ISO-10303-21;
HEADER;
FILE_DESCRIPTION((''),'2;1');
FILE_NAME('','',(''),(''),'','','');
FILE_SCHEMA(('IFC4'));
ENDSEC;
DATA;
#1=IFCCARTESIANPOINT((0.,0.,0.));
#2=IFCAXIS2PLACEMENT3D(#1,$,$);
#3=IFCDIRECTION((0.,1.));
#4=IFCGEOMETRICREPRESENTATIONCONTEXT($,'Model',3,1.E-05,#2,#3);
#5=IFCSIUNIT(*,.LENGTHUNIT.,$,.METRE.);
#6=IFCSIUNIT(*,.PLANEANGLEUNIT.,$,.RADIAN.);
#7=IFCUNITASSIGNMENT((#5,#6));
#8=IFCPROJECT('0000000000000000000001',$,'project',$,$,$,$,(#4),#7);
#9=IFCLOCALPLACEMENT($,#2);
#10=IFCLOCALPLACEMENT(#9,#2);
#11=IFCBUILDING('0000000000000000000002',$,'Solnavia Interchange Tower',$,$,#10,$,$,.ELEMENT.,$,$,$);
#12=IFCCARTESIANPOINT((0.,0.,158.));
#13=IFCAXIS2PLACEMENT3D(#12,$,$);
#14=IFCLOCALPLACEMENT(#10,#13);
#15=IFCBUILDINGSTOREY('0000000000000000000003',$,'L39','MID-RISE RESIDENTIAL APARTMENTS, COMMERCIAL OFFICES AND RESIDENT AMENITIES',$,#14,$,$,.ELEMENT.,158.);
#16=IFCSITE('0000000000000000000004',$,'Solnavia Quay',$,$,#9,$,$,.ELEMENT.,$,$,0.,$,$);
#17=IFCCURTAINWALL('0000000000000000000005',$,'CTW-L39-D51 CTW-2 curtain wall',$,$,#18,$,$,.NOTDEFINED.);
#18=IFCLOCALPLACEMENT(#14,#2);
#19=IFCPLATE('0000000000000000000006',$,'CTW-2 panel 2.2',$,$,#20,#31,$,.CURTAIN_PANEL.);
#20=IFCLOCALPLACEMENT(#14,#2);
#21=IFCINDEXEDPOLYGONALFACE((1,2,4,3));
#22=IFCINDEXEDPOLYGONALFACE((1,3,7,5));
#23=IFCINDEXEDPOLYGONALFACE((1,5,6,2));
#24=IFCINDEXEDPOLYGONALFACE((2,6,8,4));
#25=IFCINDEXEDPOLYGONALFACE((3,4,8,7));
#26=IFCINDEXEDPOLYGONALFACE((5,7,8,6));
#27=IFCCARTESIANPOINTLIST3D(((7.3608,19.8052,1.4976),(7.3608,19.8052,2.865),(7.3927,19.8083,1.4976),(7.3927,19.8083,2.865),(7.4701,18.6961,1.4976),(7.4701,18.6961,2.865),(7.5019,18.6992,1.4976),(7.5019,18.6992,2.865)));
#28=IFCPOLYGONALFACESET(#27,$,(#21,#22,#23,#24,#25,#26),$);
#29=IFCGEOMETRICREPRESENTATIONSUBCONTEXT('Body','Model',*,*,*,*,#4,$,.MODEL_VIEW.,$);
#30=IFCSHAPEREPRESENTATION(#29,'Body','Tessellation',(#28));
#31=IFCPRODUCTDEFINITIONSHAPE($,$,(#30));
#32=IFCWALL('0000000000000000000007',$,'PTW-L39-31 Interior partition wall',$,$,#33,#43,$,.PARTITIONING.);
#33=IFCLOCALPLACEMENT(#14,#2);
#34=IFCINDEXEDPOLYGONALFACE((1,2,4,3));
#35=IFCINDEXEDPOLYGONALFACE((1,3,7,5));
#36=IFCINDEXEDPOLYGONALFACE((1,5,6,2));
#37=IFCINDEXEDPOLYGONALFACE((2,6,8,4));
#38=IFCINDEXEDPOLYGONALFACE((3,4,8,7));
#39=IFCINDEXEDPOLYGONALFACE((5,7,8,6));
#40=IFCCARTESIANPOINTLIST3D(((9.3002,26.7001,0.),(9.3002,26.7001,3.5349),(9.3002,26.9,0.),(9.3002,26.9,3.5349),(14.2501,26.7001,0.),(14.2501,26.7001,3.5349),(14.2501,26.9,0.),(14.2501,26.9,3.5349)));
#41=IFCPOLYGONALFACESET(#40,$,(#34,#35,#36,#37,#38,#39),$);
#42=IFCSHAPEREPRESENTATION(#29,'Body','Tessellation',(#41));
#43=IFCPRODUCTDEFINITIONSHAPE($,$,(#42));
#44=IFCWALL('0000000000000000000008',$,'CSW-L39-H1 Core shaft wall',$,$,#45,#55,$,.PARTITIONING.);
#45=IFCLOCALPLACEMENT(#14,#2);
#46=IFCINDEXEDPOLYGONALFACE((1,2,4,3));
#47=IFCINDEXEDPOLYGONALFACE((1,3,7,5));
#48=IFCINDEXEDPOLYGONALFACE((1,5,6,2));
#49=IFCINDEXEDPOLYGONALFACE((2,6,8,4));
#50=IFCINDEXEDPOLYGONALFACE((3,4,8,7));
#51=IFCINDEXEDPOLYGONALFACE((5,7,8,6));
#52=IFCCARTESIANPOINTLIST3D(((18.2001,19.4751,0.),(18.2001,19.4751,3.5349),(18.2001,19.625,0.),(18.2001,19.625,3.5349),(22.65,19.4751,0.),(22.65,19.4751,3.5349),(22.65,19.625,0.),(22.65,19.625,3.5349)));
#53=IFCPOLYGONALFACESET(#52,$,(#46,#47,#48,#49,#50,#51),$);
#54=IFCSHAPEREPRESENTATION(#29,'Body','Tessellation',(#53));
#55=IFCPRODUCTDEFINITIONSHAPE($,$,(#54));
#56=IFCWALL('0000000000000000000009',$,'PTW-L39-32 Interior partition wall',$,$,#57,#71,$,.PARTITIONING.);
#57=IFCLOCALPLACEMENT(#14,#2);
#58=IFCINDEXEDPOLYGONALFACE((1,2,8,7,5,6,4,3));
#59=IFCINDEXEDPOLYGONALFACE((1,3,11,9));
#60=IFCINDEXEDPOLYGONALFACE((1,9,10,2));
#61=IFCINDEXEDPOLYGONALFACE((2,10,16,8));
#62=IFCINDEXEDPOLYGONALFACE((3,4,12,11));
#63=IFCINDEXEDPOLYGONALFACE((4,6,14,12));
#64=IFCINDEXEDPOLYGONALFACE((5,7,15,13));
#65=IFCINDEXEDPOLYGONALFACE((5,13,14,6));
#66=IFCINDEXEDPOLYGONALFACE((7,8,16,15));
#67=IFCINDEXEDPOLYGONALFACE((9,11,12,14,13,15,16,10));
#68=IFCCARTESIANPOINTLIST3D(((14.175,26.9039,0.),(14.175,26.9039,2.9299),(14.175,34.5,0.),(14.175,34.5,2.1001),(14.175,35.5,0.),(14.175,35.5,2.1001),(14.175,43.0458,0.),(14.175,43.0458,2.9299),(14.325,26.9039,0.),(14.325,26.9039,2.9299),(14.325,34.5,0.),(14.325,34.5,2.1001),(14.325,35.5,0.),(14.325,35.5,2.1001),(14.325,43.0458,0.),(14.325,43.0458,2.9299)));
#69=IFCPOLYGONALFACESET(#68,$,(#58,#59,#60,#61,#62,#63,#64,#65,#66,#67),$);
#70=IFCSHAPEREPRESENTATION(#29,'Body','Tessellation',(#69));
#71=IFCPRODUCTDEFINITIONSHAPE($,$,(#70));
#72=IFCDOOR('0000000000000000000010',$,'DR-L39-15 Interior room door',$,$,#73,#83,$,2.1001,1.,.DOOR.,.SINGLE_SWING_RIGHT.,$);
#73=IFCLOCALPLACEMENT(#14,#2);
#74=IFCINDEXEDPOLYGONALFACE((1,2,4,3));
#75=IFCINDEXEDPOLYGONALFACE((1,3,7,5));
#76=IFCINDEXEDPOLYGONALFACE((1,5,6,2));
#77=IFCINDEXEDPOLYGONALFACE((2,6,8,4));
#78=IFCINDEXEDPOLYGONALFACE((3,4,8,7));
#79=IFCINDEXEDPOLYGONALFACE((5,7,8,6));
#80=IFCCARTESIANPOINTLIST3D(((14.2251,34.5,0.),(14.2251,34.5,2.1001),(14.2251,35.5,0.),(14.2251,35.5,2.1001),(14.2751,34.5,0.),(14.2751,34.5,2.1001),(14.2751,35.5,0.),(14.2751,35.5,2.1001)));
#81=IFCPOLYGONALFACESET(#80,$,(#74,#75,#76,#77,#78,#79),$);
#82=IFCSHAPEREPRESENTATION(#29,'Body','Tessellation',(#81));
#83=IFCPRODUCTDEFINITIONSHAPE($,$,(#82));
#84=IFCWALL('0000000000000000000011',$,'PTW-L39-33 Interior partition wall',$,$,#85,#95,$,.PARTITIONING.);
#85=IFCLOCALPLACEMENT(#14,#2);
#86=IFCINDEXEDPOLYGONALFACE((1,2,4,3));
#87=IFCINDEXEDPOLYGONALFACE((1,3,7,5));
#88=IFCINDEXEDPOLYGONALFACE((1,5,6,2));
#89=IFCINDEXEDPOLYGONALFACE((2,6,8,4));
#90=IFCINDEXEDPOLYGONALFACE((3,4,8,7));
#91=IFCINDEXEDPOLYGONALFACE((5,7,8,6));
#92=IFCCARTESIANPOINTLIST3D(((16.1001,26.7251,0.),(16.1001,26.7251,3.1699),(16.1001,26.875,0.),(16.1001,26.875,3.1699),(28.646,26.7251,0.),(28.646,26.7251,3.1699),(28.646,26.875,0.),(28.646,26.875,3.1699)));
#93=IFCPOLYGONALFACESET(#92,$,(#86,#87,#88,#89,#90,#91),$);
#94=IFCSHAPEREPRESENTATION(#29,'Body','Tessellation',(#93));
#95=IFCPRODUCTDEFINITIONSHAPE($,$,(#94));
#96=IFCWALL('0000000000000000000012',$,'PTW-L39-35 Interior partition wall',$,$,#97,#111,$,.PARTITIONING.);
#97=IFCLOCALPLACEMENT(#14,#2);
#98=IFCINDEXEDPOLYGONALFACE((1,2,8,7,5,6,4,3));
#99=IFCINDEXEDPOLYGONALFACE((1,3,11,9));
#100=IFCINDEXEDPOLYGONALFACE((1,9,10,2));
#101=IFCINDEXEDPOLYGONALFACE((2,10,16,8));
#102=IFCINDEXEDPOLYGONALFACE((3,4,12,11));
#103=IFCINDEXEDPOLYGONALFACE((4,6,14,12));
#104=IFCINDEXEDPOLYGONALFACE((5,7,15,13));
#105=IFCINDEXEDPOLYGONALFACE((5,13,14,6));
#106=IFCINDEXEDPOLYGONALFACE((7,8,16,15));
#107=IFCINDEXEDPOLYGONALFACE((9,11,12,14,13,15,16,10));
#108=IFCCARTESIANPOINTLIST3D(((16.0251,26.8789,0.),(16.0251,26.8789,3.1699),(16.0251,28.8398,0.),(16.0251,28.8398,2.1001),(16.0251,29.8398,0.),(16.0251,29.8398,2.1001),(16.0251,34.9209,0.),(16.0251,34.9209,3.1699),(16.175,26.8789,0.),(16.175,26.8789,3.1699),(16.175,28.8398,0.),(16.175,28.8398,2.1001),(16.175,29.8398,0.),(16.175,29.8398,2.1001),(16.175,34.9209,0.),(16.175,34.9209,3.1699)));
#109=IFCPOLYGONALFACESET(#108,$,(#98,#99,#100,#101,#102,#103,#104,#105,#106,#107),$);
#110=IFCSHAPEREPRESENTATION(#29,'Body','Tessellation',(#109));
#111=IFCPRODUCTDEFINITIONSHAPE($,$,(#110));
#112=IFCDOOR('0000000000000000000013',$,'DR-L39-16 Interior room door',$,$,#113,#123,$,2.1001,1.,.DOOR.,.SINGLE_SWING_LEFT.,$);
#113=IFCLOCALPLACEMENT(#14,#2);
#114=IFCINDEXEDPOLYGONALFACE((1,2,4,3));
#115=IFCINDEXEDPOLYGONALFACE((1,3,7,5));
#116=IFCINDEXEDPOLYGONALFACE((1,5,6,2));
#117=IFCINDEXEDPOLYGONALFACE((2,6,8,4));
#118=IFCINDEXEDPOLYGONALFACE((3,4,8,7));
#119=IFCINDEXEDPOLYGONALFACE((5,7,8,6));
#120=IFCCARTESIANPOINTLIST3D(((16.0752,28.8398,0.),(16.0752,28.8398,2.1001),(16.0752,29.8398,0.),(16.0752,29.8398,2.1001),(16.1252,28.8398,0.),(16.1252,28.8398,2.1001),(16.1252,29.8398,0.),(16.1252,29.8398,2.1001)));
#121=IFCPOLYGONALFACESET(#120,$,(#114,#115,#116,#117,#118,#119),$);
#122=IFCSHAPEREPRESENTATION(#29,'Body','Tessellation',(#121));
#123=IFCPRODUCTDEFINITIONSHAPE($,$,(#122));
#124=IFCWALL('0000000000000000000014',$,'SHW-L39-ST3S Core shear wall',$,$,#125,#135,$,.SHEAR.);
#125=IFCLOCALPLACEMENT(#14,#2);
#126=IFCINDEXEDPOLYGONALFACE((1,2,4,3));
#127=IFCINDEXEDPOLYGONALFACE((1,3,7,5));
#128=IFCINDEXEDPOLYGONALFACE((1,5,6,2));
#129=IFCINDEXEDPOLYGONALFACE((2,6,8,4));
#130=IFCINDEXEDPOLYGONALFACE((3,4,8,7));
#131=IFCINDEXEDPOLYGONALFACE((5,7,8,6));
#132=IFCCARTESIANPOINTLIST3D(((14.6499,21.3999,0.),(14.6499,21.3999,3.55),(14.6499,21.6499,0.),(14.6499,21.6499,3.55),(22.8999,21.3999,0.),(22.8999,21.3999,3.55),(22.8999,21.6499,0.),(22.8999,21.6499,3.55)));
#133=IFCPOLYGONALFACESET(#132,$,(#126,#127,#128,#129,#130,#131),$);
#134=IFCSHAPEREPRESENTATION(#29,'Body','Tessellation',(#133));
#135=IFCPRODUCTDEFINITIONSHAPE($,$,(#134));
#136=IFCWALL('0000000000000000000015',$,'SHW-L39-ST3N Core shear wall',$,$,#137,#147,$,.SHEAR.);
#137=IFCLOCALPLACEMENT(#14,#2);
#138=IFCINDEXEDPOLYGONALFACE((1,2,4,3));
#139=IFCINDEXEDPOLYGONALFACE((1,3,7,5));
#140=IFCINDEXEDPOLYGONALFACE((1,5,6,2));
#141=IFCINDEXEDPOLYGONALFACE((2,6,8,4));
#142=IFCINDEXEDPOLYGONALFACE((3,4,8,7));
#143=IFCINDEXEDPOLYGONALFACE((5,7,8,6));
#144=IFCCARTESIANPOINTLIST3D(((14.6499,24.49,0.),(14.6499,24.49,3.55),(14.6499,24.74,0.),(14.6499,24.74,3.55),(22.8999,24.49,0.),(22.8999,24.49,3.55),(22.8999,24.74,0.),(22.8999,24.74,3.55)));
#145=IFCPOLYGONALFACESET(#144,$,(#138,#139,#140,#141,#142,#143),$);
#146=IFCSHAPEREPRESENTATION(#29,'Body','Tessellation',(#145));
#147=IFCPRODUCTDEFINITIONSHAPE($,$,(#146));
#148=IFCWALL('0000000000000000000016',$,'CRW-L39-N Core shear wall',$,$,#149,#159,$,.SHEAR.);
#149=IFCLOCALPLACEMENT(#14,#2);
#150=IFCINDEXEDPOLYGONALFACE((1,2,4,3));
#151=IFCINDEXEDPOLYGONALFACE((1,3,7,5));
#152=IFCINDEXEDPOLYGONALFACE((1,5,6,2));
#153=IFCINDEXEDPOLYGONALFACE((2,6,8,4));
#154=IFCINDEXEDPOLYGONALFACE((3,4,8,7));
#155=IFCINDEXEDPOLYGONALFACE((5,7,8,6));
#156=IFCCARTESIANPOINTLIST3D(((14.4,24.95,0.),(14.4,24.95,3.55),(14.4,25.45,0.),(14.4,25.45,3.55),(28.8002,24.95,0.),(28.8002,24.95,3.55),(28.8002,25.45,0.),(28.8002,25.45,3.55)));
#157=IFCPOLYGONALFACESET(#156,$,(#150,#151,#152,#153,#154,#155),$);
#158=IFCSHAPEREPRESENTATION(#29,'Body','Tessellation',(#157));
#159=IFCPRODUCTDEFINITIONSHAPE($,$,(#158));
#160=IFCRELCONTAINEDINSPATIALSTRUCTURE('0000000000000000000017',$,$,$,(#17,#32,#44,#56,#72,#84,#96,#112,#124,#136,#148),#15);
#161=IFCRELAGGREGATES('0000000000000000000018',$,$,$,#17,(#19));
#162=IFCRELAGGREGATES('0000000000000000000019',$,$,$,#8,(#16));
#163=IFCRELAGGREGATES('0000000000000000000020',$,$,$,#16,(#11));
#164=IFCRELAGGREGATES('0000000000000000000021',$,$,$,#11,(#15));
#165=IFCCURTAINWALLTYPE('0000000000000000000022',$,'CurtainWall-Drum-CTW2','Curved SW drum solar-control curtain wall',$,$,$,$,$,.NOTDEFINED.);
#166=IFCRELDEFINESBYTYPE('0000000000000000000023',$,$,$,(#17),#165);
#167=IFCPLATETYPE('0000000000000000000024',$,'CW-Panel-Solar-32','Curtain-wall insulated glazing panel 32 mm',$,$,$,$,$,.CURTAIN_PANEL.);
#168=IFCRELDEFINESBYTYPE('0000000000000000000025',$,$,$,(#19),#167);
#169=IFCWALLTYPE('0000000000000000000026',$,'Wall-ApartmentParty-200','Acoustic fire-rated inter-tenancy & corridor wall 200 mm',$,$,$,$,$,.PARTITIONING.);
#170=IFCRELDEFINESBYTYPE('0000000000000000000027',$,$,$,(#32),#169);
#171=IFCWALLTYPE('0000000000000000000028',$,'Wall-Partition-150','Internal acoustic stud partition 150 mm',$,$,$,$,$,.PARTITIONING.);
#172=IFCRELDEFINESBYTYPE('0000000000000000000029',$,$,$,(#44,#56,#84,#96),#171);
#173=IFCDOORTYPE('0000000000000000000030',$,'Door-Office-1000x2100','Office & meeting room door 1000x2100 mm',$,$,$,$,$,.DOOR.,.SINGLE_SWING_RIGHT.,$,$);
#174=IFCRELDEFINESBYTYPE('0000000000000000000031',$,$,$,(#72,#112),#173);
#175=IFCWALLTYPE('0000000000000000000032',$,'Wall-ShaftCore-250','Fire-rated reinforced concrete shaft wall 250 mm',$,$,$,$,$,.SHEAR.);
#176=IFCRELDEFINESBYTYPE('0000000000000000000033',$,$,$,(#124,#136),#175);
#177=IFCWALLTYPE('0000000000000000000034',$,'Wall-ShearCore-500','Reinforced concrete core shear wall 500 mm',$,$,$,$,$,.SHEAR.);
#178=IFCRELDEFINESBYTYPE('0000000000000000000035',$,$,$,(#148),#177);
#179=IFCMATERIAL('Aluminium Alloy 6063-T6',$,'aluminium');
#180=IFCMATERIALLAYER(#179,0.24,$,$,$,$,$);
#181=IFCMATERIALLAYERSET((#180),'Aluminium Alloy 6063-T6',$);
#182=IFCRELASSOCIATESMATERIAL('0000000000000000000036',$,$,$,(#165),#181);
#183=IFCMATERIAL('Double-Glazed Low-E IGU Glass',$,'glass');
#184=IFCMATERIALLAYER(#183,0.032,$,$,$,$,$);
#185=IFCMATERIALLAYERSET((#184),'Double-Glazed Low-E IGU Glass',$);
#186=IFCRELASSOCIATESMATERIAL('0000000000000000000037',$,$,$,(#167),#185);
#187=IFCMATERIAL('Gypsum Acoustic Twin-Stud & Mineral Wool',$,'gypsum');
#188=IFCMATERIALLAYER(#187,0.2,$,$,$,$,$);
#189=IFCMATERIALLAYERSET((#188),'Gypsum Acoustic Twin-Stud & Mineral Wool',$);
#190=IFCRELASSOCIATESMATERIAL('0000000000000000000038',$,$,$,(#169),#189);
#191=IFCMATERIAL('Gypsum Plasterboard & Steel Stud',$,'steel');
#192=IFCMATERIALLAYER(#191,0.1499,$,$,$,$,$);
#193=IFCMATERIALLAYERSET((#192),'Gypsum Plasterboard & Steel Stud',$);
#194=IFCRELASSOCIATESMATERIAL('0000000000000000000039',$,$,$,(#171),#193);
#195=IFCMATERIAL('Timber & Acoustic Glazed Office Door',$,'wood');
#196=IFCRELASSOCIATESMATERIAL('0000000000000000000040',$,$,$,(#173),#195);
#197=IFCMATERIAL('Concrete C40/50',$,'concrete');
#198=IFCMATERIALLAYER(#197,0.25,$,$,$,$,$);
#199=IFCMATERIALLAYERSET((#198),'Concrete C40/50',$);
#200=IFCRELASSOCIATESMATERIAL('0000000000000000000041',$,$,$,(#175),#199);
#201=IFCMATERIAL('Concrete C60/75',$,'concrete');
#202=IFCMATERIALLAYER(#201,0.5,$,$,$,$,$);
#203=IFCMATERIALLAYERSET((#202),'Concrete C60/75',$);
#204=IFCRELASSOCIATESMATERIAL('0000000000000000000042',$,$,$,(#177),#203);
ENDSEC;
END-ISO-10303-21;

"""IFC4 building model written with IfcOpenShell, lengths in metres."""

from ifc_helpers import new_model, si_unit, direction, frame, frame_2d, origin, origin_2d, place, context, subcontext, project, spatial, rectangle, extrude, material, layer, layer_set, type_object, element, fill, aggregate, save


model = new_model("IFC4")

# Units and contexts
model_context = context("Model", 3, precision=1e-05, world=origin(), true_north=direction((0.0, 1.0)))
body_context = subcontext(model_context, "Body", "Model", "MODEL_VIEW")
ifc_project = project(units=[si_unit("LENGTHUNIT", "METRE"), si_unit("PLANEANGLEUNIT", "RADIAN")], contexts=[model_context])

# Site, building, storey
site_placement = place(None, origin())
site = spatial("IfcSite", under=ifc_project, at=site_placement, Name="Solnavia Quay", CompositionType="ELEMENT", RefElevation=0.0)
building_placement = place(site_placement, origin())
building = spatial("IfcBuilding", under=site, at=building_placement, Name="Solnavia Interchange Tower", CompositionType="ELEMENT")
storey_placement = place(building_placement, frame((0.0, 0.0, 158.0)))
storey = spatial("IfcBuildingStorey", under=building, at=storey_placement, Name="L39", Description="MID-RISE RESIDENTIAL APARTMENTS, COMMERCIAL OFFICES AND RESIDENT AMENITIES", CompositionType="ELEMENT", Elevation=158.0)

# Curtain wall, plate
ifc_material_1 = material(Name="Aluminium Alloy 6063-T6", Category="aluminium")
ifc_layer_1 = layer(ifc_material_1, 0.24)
ifc_layer_set_1 = layer_set([ifc_layer_1], Name="Aluminium Alloy 6063-T6")
curtain_wall_type = type_object("IfcCurtainWallType", Name="CurtainWall-Drum-CTW2", Description="Curved SW drum solar-control curtain wall", PredefinedType="NOTDEFINED", material=ifc_layer_set_1)
curtain_wall_placement = place(storey_placement, origin())
curtain_wall = element("IfcCurtainWall", 1, at=curtain_wall_placement, inside=storey, type_object=curtain_wall_type, Name="CTW-L39-D51 CTW-2 curtain wall", PredefinedType="NOTDEFINED")
ifc_material_2 = material(Name="Double-Glazed Low-E IGU Glass", Category="glass")
ifc_layer_2 = layer(ifc_material_2, 0.032)
ifc_layer_set_2 = layer_set([ifc_layer_2], Name="Double-Glazed Low-E IGU Glass")
plate_type = type_object("IfcPlateType", Name="CW-Panel-Solar-32", Description="Curtain-wall insulated glazing panel 32 mm", PredefinedType="CURTAIN_PANEL", material=ifc_layer_set_2)
plate_1_placement = place(storey_placement, frame((7.4314, 19.2522, 1.4976), z_axis=(0.0, 0.0, 1.0), x_axis=(0.098043, -0.995182, 0.0)))
plate_1 = element("IfcPlate", 2, at=plate_1_placement, type_object=plate_type, Name="CTW-2 panel 2.2", PredefinedType="CURTAIN_PANEL", context=body_context, shape_type="SweptSolid", body=[
    extrude(rectangle(XDim=1.1145, YDim=0.032, at=origin_2d()), origin(), (0.0, 0.0, 1.0), 1.3674),
])
aggregate(curtain_wall, [plate_1])

# Walls
ifc_material_3 = material(Name="Gypsum Acoustic Twin-Stud & Mineral Wool", Category="gypsum")
ifc_layer_3 = layer(ifc_material_3, 0.2)
ifc_layer_set_3 = layer_set([ifc_layer_3], Name="Gypsum Acoustic Twin-Stud & Mineral Wool")
wall_type_1 = type_object("IfcWallType", Name="Wall-ApartmentParty-200", Description="Acoustic fire-rated inter-tenancy & corridor wall 200 mm", PredefinedType="PARTITIONING", material=ifc_layer_set_3)
wall_1_placement = place(storey_placement, frame((9.3, 26.8, 0.0), z_axis=(0.0, 0.0, 1.0), x_axis=(1.0, 0.0, 0.0)))
element("IfcWall", 3, at=wall_1_placement, inside=storey, type_object=wall_type_1, Name="PTW-L39-31 Interior partition wall", PredefinedType="PARTITIONING", context=body_context, shape_type="SweptSolid", body=[
    extrude(rectangle(XDim=4.95, YDim=0.2, at=frame_2d((2.4751, 0.0))), origin(), (0.0, 0.0, 1.0), 3.5349),
])
ifc_material_4 = material(Name="Gypsum Plasterboard & Steel Stud", Category="steel")
ifc_layer_4 = layer(ifc_material_4, 0.1499)
ifc_layer_set_4 = layer_set([ifc_layer_4], Name="Gypsum Plasterboard & Steel Stud")
wall_type_2 = type_object("IfcWallType", Name="Wall-Partition-150", Description="Internal acoustic stud partition 150 mm", PredefinedType="PARTITIONING", material=ifc_layer_set_4)
wall_2_placement = place(storey_placement, frame((18.2, 19.55, 0.0), z_axis=(0.0, 0.0, 1.0), x_axis=(1.0, 0.0, 0.0)))
element("IfcWall", 4, at=wall_2_placement, inside=storey, type_object=wall_type_2, Name="CSW-L39-H1 Core shaft wall", PredefinedType="PARTITIONING", context=body_context, shape_type="SweptSolid", body=[
    extrude(rectangle(XDim=4.45, YDim=0.1499, at=frame_2d((2.2251, 0.0))), origin(), (0.0, 0.0, 1.0), 3.5349),
])

# Wall, opening, door
wall_3_placement = place(storey_placement, frame((14.25, 26.9041, 0.0), z_axis=(0.0, 0.0, 1.0), x_axis=(0.0, 1.0, 0.0)))
wall_3 = element("IfcWall", 5, at=wall_3_placement, inside=storey, type_object=wall_type_2, Name="PTW-L39-32 Interior partition wall", PredefinedType="PARTITIONING", context=body_context, shape_type="SweptSolid", body=[
    extrude(rectangle(XDim=16.1418, YDim=0.1499, at=frame_2d((8.0708, 0.0))), origin(), (0.0, 0.0, 1.0), 2.9299),
])
opening_1_placement = place(wall_3_placement, frame((7.5959, 0.0, 0.0)))
opening_1 = element("IfcOpeningElement", 6, at=opening_1_placement, cuts=wall_3, PredefinedType="OPENING", context=body_context, shape_type="SweptSolid", body=[
    extrude(rectangle(XDim=1.0, YDim=2.1001, at=frame_2d((0.5, 1.05))), frame((0.0, 0.085, 0.0), z_axis=(0.0, -1.0, 0.0), x_axis=(1.0, 0.0, 0.0)), (0.0, 0.0, 1.0), 0.1699),
])
ifc_material_5 = material(Name="Timber & Acoustic Glazed Office Door", Category="wood")
door_type = type_object("IfcDoorType", Name="Door-Office-1000x2100", Description="Office & meeting room door 1000x2100 mm", OperationType="SINGLE_SWING_RIGHT", PredefinedType="DOOR", material=ifc_material_5)
door_1_placement = place(opening_1_placement, origin())
door_1 = element("IfcDoor", 7, at=door_1_placement, inside=storey, type_object=door_type, Name="DR-L39-15 Interior room door", OperationType="SINGLE_SWING_RIGHT", OverallHeight=2.1001, OverallWidth=1.0, PredefinedType="DOOR", context=body_context, shape_type="SweptSolid", body=[
    extrude(rectangle(XDim=1.0, YDim=2.1001, at=frame_2d((0.5, 1.05))), frame((0.0, 0.0249, 0.0), z_axis=(0.0, -1.0, 0.0), x_axis=(1.0, 0.0, 0.0)), (0.0, 0.0, 1.0), 0.05),
])
fill(opening_1, door_1)

# Wall
wall_4_placement = place(storey_placement, frame((16.1001, 26.8, 0.0), z_axis=(0.0, 0.0, 1.0), x_axis=(1.0, 0.0, 0.0)))
element("IfcWall", 8, at=wall_4_placement, inside=storey, type_object=wall_type_2, Name="PTW-L39-33 Interior partition wall", PredefinedType="PARTITIONING", context=body_context, shape_type="SweptSolid", body=[
    extrude(rectangle(XDim=12.5459, YDim=0.1499, at=frame_2d((6.2729, 0.0))), origin(), (0.0, 0.0, 1.0), 3.1699),
])

# Wall, opening, door
wall_5_placement = place(storey_placement, frame((16.1001, 26.8789, 0.0), z_axis=(0.0, 0.0, 1.0), x_axis=(0.0, 1.0, 0.0)))
wall_5 = element("IfcWall", 9, at=wall_5_placement, inside=storey, type_object=wall_type_2, Name="PTW-L39-35 Interior partition wall", PredefinedType="PARTITIONING", context=body_context, shape_type="SweptSolid", body=[
    extrude(rectangle(XDim=8.042, YDim=0.1499, at=frame_2d((4.021, 0.0))), origin(), (0.0, 0.0, 1.0), 3.1699),
])
opening_2_placement = place(wall_5_placement, frame((1.9609, 0.0, 0.0)))
opening_2 = element("IfcOpeningElement", 10, at=opening_2_placement, cuts=wall_5, PredefinedType="OPENING", context=body_context, shape_type="SweptSolid", body=[
    extrude(rectangle(XDim=1.0, YDim=2.1001, at=frame_2d((0.5, 1.05))), frame((0.0, 0.085, 0.0), z_axis=(0.0, -1.0, 0.0), x_axis=(1.0, 0.0, 0.0)), (0.0, 0.0, 1.0), 0.1699),
])
door_2_placement = place(opening_2_placement, origin())
door_2 = element("IfcDoor", 11, at=door_2_placement, inside=storey, type_object=door_type, Name="DR-L39-16 Interior room door", OperationType="SINGLE_SWING_LEFT", OverallHeight=2.1001, OverallWidth=1.0, PredefinedType="DOOR", context=body_context, shape_type="SweptSolid", body=[
    extrude(rectangle(XDim=1.0, YDim=2.1001, at=frame_2d((0.5, 1.05))), frame((0.0, 0.0249, 0.0), z_axis=(0.0, -1.0, 0.0), x_axis=(1.0, 0.0, 0.0)), (0.0, 0.0, 1.0), 0.05),
])
fill(opening_2, door_2)

# Walls
ifc_material_6 = material(Name="Concrete C40/50", Category="concrete")
ifc_layer_5 = layer(ifc_material_6, 0.25)
ifc_layer_set_5 = layer_set([ifc_layer_5], Name="Concrete C40/50")
wall_type_3 = type_object("IfcWallType", Name="Wall-ShaftCore-250", Description="Fire-rated reinforced concrete shaft wall 250 mm", PredefinedType="SHEAR", material=ifc_layer_set_5)
for number, where, z_axis, x_axis, name in (
    (12, (14.6499, 21.5249, 0.0), (0.0, 0.0, 1.0), (1.0, 0.0, 0.0), "SHW-L39-ST3S Core shear wall"),
    (13, (14.6499, 24.615, 0.0), (0.0, 0.0, 1.0), (1.0, 0.0, 0.0), "SHW-L39-ST3N Core shear wall"),
):
    element("IfcWall", number, at=place(storey_placement, frame(where, z_axis=z_axis, x_axis=x_axis)), inside=storey, type_object=wall_type_3, Name=name, PredefinedType="SHEAR", context=body_context, shape_type="SweptSolid", body=[
        extrude(rectangle(XDim=8.25, YDim=0.25, at=frame_2d((4.125, 0.0))), origin(), (0.0, 0.0, 1.0), 3.55),
    ])
ifc_material_7 = material(Name="Concrete C60/75", Category="concrete")
ifc_layer_6 = layer(ifc_material_7, 0.5)
ifc_layer_set_6 = layer_set([ifc_layer_6], Name="Concrete C60/75")
wall_type_4 = type_object("IfcWallType", Name="Wall-ShearCore-500", Description="Reinforced concrete core shear wall 500 mm", PredefinedType="SHEAR", material=ifc_layer_set_6)
wall_6_placement = place(storey_placement, frame((14.3999, 25.2, 0.0), z_axis=(0.0, 0.0, 1.0), x_axis=(1.0, 0.0, 0.0)))
element("IfcWall", 14, at=wall_6_placement, inside=storey, type_object=wall_type_4, Name="CRW-L39-N Core shear wall", PredefinedType="SHEAR", context=body_context, shape_type="SweptSolid", body=[
    extrude(rectangle(XDim=14.4001, YDim=0.5, at=frame_2d((7.2002, 0.0))), origin(), (0.0, 0.0, 1.0), 3.55),
])

save(model, "model.ifc")
